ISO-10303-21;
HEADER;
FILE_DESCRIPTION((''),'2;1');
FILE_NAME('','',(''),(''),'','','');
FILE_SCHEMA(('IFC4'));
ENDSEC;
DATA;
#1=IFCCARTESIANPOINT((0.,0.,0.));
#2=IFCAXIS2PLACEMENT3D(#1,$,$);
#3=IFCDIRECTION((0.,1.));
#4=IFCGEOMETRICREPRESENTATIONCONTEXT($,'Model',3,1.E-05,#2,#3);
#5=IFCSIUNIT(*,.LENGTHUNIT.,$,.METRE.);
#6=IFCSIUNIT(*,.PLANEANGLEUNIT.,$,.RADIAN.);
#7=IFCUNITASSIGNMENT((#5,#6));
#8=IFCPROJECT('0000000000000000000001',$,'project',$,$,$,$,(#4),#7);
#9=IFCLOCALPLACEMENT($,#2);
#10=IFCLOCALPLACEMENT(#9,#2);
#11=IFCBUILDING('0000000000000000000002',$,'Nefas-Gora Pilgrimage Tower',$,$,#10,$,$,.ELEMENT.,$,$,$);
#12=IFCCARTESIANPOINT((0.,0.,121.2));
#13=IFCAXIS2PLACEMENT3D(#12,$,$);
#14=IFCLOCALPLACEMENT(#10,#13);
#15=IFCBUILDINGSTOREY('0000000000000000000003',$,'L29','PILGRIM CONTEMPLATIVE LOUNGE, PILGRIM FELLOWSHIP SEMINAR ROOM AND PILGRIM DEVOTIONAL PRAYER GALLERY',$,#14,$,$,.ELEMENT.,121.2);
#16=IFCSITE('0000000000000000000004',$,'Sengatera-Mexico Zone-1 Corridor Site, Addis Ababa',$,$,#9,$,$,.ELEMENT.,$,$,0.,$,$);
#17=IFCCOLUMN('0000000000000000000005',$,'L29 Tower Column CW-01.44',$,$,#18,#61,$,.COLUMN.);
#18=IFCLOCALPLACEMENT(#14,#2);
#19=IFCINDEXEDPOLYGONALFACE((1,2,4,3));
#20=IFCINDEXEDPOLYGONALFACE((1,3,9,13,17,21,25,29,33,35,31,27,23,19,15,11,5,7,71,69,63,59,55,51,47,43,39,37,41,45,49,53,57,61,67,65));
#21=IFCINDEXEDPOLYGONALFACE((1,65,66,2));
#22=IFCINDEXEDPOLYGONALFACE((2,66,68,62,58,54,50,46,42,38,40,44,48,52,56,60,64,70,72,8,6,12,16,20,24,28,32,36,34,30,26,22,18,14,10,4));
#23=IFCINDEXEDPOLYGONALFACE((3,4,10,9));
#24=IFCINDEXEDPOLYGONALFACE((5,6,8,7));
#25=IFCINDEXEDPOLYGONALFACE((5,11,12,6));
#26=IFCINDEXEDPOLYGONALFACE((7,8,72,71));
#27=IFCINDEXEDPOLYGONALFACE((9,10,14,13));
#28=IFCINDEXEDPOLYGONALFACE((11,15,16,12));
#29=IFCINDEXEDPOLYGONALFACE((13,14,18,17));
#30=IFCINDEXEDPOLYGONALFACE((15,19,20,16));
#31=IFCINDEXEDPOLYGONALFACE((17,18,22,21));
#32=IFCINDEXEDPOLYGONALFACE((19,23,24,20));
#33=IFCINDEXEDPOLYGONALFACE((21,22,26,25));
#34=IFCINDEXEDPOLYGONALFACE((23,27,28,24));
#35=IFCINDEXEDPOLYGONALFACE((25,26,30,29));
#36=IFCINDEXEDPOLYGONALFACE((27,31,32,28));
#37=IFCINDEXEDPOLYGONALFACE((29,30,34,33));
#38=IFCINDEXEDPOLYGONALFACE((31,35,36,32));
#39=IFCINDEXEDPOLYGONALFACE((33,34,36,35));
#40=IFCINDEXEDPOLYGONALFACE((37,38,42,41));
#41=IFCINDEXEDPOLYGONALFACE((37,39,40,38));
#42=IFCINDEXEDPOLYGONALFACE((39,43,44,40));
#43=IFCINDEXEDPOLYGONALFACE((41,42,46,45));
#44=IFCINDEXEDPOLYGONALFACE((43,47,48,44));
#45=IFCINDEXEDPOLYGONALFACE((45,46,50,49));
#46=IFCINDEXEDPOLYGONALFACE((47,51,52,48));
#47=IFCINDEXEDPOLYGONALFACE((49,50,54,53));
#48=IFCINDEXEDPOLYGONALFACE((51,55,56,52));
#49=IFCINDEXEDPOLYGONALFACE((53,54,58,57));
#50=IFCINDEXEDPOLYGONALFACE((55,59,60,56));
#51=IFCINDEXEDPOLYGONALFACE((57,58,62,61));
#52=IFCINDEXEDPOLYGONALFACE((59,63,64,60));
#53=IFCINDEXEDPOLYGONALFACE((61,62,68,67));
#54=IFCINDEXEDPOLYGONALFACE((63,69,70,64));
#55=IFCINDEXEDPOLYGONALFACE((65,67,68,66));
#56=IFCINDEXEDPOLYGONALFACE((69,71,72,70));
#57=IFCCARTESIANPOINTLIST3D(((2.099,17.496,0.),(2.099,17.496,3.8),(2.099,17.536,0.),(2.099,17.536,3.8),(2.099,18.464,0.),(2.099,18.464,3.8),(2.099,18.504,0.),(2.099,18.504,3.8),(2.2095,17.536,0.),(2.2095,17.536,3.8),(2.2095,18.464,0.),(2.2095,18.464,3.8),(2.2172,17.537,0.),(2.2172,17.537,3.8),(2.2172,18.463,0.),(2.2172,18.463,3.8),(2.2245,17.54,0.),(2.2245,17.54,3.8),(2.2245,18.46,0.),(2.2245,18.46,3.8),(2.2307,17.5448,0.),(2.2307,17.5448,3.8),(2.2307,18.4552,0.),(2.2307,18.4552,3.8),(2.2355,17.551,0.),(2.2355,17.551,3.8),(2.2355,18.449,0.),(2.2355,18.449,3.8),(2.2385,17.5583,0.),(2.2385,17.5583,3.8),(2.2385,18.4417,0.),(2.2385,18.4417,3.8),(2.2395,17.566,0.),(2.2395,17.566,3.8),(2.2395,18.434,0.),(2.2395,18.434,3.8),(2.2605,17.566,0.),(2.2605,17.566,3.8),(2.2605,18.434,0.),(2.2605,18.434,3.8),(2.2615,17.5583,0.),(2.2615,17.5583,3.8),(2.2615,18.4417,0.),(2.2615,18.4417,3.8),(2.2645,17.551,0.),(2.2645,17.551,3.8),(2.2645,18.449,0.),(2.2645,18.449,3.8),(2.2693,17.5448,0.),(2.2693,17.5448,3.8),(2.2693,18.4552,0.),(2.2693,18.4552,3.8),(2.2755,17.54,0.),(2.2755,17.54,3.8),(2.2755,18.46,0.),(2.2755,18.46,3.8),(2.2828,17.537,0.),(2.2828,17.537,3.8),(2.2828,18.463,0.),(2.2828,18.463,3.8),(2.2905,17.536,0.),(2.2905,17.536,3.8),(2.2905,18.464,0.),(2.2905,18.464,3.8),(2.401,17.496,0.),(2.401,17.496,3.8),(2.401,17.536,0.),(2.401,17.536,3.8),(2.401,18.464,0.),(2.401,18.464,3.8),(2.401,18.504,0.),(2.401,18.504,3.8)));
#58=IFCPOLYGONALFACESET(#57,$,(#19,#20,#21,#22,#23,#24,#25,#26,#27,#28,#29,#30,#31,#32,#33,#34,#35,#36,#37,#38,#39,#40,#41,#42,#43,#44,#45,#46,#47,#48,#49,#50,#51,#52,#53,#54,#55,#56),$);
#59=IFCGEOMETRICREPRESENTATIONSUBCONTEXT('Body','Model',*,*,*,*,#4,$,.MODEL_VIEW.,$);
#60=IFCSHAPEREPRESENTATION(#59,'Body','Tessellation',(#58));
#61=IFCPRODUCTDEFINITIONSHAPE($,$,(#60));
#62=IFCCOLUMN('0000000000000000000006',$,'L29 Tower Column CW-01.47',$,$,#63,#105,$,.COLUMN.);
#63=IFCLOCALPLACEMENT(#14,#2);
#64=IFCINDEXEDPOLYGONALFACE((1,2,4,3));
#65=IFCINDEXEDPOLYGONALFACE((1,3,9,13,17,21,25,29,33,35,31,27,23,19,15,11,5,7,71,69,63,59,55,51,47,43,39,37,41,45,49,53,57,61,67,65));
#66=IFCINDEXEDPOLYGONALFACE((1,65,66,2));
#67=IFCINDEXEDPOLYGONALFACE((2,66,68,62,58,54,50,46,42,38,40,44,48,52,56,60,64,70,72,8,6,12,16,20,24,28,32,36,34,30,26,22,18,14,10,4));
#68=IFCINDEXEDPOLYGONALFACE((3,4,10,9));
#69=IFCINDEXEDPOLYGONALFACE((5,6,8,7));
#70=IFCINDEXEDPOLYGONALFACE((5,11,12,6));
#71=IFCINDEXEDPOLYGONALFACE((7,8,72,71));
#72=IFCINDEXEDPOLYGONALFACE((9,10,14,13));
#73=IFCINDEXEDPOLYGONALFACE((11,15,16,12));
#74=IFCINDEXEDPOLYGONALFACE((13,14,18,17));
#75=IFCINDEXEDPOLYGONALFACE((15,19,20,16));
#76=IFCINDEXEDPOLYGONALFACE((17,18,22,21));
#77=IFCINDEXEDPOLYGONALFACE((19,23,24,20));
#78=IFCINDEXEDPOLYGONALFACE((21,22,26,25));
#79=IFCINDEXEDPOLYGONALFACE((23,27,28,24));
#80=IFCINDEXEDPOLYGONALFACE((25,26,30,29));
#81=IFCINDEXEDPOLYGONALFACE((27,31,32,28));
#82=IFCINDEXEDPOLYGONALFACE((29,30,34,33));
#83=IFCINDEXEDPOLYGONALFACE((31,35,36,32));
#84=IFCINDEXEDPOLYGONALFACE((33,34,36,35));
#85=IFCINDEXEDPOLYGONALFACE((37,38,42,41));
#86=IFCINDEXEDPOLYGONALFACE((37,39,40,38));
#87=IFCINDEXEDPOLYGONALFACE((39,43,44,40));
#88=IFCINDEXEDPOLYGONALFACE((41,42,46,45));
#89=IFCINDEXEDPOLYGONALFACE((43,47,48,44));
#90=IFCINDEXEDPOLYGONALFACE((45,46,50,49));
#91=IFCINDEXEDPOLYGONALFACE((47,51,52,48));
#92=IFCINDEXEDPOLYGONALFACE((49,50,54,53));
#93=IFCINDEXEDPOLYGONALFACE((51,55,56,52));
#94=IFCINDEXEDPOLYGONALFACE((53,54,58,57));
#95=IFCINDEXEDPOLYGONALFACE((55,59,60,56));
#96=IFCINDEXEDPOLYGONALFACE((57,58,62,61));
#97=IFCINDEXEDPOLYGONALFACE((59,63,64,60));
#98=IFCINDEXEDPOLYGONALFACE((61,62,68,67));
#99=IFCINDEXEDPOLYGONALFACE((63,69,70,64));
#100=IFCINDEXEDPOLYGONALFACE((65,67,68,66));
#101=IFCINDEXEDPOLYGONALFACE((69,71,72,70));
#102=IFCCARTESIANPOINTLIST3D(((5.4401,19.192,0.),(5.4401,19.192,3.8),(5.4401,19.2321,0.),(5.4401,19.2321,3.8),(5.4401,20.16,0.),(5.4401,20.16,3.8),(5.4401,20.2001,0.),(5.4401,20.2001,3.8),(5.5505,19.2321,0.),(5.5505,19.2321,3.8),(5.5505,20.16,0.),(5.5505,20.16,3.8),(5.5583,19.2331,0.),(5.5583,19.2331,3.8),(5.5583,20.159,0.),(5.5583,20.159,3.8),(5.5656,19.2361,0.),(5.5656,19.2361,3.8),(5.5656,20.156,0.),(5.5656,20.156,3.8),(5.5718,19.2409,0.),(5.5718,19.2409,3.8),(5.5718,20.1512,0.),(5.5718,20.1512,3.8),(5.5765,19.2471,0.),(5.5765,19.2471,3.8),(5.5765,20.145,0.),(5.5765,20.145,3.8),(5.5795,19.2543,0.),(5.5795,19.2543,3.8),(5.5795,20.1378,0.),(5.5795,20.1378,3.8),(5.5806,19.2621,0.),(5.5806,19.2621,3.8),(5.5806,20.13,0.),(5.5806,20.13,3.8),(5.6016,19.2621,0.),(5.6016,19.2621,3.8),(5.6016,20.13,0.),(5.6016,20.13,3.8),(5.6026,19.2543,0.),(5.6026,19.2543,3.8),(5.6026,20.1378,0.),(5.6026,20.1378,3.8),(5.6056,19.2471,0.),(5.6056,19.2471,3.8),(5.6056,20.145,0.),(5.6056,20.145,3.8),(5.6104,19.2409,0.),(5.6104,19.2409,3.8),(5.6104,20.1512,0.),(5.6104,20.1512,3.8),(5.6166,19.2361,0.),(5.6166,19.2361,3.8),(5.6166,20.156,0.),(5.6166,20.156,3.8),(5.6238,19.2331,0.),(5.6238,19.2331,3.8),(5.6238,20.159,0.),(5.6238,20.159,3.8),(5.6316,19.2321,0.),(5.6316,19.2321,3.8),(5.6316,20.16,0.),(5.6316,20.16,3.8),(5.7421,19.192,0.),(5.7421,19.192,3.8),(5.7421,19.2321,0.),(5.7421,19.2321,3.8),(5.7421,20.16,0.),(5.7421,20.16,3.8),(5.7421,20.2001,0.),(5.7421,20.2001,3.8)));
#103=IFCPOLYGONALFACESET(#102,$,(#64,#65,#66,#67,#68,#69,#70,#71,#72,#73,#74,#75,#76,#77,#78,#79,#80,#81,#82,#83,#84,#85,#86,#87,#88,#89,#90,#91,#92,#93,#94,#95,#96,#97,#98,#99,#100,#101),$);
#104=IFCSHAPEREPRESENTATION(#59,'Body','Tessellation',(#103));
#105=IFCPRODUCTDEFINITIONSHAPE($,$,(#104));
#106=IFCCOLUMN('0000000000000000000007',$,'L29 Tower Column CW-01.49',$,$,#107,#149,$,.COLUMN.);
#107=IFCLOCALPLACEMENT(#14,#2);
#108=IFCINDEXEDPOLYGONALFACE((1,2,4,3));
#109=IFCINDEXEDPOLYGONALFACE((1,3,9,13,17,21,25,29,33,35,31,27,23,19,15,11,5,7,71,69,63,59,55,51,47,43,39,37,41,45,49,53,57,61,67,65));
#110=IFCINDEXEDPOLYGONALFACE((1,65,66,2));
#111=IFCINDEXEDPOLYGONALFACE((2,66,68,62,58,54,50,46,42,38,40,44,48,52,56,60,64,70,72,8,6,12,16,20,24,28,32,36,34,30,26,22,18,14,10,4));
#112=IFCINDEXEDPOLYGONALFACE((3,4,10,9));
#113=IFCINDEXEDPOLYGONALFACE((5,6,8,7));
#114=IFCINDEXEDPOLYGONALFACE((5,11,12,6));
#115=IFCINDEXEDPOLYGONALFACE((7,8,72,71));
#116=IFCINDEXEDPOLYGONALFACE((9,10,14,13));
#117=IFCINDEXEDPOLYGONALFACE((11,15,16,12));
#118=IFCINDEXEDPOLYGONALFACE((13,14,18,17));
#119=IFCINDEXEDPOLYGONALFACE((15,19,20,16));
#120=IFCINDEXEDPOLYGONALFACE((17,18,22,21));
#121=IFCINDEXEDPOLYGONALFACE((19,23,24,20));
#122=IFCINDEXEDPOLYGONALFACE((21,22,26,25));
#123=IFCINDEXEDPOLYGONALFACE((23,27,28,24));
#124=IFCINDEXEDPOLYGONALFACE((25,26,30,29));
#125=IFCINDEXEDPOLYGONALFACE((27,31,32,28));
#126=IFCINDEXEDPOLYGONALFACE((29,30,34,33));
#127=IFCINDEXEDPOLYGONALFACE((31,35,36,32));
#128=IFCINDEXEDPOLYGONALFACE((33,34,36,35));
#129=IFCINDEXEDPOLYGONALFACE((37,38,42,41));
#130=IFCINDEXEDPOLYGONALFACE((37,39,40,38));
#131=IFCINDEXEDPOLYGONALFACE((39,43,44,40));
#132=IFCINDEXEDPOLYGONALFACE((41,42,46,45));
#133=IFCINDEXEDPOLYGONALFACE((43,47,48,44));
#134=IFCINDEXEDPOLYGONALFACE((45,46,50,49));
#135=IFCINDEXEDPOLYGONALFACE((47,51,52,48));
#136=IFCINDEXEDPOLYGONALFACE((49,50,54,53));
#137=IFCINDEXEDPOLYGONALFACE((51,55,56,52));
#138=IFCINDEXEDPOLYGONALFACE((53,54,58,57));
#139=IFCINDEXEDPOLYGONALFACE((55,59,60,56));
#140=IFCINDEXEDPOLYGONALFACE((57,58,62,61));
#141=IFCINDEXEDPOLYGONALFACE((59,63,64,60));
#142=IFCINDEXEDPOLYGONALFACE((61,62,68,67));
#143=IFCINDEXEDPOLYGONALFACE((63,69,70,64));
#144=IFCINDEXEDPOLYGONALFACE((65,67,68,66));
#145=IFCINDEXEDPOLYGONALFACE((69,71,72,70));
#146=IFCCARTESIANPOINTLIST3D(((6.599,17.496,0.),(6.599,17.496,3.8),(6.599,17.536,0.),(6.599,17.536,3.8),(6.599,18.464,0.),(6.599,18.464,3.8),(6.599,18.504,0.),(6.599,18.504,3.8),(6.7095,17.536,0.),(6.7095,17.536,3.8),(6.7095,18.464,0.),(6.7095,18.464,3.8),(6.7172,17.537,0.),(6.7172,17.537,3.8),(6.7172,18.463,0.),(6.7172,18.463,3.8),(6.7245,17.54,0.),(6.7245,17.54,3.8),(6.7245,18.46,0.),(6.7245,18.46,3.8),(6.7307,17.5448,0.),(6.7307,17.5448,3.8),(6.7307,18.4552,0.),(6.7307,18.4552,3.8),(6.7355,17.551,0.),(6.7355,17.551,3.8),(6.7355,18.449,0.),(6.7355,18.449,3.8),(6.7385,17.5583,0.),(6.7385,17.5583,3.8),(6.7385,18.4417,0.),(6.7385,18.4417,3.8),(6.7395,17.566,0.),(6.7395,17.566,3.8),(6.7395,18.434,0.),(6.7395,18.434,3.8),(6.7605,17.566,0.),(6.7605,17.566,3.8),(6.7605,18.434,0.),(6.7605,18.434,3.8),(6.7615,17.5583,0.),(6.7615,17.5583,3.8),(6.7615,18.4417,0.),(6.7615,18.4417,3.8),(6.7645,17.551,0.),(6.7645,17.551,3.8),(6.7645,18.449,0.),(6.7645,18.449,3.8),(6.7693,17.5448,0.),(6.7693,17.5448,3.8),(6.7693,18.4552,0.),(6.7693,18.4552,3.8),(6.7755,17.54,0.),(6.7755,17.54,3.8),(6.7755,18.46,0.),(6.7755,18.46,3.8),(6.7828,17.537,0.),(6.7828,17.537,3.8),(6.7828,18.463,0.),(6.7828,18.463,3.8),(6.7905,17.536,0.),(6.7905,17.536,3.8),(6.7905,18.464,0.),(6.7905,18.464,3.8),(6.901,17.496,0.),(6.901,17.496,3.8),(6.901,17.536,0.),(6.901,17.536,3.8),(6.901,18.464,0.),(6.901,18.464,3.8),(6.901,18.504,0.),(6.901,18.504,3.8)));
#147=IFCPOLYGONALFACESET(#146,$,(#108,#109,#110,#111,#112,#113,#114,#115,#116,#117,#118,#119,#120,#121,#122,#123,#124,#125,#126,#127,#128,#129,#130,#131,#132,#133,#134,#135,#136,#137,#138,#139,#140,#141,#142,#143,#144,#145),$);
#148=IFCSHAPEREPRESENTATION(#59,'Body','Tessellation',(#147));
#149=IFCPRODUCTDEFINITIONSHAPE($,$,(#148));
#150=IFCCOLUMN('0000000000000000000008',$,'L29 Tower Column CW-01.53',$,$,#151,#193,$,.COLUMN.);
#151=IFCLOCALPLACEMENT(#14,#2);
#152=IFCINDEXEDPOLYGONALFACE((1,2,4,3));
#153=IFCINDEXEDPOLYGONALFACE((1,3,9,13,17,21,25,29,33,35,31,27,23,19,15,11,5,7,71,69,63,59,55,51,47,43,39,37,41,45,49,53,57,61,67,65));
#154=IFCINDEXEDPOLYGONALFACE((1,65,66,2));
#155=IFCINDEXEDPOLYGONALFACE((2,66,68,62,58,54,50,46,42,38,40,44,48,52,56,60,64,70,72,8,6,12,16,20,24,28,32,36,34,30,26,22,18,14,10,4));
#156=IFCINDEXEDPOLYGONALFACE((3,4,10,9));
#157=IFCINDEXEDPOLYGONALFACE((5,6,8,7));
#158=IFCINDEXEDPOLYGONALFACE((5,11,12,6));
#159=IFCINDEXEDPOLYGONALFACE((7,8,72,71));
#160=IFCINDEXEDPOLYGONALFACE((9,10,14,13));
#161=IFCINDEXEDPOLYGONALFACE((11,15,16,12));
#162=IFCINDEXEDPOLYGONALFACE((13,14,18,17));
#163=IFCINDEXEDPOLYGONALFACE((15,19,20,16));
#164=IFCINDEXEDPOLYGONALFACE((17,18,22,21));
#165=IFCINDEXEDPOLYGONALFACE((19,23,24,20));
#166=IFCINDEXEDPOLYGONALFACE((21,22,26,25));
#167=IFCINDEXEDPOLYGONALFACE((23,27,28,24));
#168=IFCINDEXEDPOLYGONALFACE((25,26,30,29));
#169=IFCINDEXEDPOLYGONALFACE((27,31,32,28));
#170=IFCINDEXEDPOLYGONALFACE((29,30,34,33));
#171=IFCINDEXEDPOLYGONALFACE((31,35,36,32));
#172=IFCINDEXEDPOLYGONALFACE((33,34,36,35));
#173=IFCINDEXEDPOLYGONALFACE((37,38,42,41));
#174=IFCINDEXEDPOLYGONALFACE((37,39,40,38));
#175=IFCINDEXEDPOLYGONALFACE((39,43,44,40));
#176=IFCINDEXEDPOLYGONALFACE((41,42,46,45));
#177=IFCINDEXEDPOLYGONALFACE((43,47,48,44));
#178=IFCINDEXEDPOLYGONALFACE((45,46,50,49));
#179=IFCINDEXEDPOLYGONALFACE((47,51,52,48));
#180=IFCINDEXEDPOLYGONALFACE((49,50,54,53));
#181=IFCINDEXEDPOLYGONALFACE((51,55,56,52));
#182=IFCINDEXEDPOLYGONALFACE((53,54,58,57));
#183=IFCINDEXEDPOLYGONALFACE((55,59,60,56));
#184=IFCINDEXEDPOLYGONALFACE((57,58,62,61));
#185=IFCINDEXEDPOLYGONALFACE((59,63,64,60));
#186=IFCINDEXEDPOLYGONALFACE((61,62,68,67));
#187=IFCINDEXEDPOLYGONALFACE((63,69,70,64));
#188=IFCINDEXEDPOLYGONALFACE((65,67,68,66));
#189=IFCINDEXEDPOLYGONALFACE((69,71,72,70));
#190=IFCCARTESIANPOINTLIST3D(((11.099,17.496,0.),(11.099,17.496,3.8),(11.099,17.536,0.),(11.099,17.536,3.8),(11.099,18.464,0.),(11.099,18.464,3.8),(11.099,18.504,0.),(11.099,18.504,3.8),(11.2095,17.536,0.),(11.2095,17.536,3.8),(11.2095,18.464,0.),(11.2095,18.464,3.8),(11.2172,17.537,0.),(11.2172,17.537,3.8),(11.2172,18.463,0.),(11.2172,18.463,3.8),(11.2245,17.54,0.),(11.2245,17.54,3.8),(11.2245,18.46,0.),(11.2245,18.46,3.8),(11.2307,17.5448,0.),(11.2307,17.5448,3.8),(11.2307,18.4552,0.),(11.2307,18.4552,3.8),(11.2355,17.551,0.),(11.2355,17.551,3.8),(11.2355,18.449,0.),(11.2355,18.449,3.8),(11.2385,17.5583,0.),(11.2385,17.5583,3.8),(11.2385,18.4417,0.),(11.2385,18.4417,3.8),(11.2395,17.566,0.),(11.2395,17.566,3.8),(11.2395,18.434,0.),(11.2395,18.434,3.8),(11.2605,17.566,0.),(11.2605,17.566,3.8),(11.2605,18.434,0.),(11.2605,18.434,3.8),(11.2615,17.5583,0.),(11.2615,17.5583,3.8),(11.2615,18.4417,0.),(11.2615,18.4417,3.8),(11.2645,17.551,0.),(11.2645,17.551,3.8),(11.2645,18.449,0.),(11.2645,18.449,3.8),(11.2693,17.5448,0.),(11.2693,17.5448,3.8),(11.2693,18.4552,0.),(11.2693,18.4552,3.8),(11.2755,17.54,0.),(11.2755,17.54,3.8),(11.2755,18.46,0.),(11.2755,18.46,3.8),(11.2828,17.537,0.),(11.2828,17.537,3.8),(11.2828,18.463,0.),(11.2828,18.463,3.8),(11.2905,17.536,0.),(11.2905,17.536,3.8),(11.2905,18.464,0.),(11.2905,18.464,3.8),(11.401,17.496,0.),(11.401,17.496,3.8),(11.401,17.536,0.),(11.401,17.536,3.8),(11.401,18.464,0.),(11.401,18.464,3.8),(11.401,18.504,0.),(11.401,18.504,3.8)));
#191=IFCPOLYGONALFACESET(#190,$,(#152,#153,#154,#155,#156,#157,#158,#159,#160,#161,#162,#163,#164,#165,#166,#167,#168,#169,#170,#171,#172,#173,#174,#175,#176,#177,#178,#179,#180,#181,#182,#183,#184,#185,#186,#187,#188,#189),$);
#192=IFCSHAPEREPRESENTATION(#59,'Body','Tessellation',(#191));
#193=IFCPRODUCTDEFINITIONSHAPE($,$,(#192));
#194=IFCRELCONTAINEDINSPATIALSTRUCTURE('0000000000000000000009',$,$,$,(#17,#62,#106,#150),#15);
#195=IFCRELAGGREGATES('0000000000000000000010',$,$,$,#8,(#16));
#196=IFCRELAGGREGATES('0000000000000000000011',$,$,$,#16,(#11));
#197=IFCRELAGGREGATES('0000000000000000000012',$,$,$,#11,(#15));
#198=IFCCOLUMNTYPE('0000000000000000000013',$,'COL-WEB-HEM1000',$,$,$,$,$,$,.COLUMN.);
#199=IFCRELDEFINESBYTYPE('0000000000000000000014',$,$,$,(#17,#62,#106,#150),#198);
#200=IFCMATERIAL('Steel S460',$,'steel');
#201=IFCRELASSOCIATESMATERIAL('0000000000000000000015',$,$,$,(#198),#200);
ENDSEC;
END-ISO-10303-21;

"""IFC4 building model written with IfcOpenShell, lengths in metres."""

from ifc_helpers import new_model, si_unit, direction, frame, origin, origin_2d, place, context, subcontext, project, spatial, i_section, extrude, source, transform, mapped, material, material_profile, profile_set, type_object, element, save


model = new_model("IFC4")

# Units and contexts
model_context = context("Model", 3, precision=1e-05, world=origin(), true_north=direction((0.0, 1.0)))
body_context = subcontext(model_context, "Body", "Model", "MODEL_VIEW")
ifc_project = project(units=[si_unit("LENGTHUNIT", "METRE"), si_unit("PLANEANGLEUNIT", "RADIAN")], contexts=[model_context])

# Site, building, storey
site_placement = place(None, origin())
site = spatial("IfcSite", under=ifc_project, at=site_placement, Name="Sengatera-Mexico Zone-1 Corridor Site, Addis Ababa", CompositionType="ELEMENT", RefElevation=0.0)
building_placement = place(site_placement, origin())
building = spatial("IfcBuilding", under=site, at=building_placement, Name="Nefas-Gora Pilgrimage Tower", CompositionType="ELEMENT")
storey_placement = place(building_placement, frame((0.0, 0.0, 121.2)))
storey = spatial("IfcBuildingStorey", under=building, at=storey_placement, Name="L29", Description="PILGRIM CONTEMPLATIVE LOUNGE, PILGRIM FELLOWSHIP SEMINAR ROOM AND PILGRIM DEVOTIONAL PRAYER GALLERY", CompositionType="ELEMENT", Elevation=121.2)

# Columns
ifc_material_1 = material(Name="Steel S460", Category="steel")
ifc_material_profile_1 = material_profile(ifc_material_1, i_section(OverallWidth=0.302, OverallDepth=1.0081, WebThickness=0.021, FlangeThickness=0.04, FilletRadius=0.03, at=origin_2d()), Name="HEM 1000")
ifc_profile_set_1 = profile_set([ifc_material_profile_1], Name="Steel S460")
column_type_1 = type_object("IfcColumnType", Name="COL-WEB-HEM1000", PredefinedType="COLUMN", material=ifc_profile_set_1)
shared_shape_1 = source(origin(), body_context, "Body", "SweptSolid", [
    extrude(i_section(OverallWidth=0.302, OverallDepth=1.0081, WebThickness=0.021, FlangeThickness=0.04, FilletRadius=0.03, at=origin_2d()), origin(), (0.0, 0.0, 1.0), 3.8),
])
for number, where, z_axis, x_axis, name in (
    (1, (2.25, 18.0, 0.0), (0.0, 0.0, 1.0), (1.0, 0.0, 0.0), "L29 Tower Column CW-01.44"),
    (2, (5.5911, 19.696, 0.0), (0.0, 0.0, 1.0), (1.0, 0.0, 0.0), "L29 Tower Column CW-01.47"),
    (3, (6.75, 18.0, 0.0), (0.0, 0.0, 1.0), (1.0, 0.0, 0.0), "L29 Tower Column CW-01.49"),
    (4, (11.25, 18.0, 0.0), (0.0, 0.0, 1.0), (1.0, 0.0, 0.0), "L29 Tower Column CW-01.53"),
):
    element("IfcColumn", number, at=place(storey_placement, frame(where, z_axis=z_axis, x_axis=x_axis)), inside=storey, type_object=column_type_1, Name=name, PredefinedType="COLUMN", context=body_context, shape_type="MappedRepresentation", body=[
        mapped(shared_shape_1, transform((0.0, 0.0, 0.0), x_axis=(1.0, 0.0, 0.0), y_axis=(0.0, 1.0, 0.0), z_axis=(0.0, 0.0, 1.0), scale=1.0)),
    ])

save(model, "model.ifc")
